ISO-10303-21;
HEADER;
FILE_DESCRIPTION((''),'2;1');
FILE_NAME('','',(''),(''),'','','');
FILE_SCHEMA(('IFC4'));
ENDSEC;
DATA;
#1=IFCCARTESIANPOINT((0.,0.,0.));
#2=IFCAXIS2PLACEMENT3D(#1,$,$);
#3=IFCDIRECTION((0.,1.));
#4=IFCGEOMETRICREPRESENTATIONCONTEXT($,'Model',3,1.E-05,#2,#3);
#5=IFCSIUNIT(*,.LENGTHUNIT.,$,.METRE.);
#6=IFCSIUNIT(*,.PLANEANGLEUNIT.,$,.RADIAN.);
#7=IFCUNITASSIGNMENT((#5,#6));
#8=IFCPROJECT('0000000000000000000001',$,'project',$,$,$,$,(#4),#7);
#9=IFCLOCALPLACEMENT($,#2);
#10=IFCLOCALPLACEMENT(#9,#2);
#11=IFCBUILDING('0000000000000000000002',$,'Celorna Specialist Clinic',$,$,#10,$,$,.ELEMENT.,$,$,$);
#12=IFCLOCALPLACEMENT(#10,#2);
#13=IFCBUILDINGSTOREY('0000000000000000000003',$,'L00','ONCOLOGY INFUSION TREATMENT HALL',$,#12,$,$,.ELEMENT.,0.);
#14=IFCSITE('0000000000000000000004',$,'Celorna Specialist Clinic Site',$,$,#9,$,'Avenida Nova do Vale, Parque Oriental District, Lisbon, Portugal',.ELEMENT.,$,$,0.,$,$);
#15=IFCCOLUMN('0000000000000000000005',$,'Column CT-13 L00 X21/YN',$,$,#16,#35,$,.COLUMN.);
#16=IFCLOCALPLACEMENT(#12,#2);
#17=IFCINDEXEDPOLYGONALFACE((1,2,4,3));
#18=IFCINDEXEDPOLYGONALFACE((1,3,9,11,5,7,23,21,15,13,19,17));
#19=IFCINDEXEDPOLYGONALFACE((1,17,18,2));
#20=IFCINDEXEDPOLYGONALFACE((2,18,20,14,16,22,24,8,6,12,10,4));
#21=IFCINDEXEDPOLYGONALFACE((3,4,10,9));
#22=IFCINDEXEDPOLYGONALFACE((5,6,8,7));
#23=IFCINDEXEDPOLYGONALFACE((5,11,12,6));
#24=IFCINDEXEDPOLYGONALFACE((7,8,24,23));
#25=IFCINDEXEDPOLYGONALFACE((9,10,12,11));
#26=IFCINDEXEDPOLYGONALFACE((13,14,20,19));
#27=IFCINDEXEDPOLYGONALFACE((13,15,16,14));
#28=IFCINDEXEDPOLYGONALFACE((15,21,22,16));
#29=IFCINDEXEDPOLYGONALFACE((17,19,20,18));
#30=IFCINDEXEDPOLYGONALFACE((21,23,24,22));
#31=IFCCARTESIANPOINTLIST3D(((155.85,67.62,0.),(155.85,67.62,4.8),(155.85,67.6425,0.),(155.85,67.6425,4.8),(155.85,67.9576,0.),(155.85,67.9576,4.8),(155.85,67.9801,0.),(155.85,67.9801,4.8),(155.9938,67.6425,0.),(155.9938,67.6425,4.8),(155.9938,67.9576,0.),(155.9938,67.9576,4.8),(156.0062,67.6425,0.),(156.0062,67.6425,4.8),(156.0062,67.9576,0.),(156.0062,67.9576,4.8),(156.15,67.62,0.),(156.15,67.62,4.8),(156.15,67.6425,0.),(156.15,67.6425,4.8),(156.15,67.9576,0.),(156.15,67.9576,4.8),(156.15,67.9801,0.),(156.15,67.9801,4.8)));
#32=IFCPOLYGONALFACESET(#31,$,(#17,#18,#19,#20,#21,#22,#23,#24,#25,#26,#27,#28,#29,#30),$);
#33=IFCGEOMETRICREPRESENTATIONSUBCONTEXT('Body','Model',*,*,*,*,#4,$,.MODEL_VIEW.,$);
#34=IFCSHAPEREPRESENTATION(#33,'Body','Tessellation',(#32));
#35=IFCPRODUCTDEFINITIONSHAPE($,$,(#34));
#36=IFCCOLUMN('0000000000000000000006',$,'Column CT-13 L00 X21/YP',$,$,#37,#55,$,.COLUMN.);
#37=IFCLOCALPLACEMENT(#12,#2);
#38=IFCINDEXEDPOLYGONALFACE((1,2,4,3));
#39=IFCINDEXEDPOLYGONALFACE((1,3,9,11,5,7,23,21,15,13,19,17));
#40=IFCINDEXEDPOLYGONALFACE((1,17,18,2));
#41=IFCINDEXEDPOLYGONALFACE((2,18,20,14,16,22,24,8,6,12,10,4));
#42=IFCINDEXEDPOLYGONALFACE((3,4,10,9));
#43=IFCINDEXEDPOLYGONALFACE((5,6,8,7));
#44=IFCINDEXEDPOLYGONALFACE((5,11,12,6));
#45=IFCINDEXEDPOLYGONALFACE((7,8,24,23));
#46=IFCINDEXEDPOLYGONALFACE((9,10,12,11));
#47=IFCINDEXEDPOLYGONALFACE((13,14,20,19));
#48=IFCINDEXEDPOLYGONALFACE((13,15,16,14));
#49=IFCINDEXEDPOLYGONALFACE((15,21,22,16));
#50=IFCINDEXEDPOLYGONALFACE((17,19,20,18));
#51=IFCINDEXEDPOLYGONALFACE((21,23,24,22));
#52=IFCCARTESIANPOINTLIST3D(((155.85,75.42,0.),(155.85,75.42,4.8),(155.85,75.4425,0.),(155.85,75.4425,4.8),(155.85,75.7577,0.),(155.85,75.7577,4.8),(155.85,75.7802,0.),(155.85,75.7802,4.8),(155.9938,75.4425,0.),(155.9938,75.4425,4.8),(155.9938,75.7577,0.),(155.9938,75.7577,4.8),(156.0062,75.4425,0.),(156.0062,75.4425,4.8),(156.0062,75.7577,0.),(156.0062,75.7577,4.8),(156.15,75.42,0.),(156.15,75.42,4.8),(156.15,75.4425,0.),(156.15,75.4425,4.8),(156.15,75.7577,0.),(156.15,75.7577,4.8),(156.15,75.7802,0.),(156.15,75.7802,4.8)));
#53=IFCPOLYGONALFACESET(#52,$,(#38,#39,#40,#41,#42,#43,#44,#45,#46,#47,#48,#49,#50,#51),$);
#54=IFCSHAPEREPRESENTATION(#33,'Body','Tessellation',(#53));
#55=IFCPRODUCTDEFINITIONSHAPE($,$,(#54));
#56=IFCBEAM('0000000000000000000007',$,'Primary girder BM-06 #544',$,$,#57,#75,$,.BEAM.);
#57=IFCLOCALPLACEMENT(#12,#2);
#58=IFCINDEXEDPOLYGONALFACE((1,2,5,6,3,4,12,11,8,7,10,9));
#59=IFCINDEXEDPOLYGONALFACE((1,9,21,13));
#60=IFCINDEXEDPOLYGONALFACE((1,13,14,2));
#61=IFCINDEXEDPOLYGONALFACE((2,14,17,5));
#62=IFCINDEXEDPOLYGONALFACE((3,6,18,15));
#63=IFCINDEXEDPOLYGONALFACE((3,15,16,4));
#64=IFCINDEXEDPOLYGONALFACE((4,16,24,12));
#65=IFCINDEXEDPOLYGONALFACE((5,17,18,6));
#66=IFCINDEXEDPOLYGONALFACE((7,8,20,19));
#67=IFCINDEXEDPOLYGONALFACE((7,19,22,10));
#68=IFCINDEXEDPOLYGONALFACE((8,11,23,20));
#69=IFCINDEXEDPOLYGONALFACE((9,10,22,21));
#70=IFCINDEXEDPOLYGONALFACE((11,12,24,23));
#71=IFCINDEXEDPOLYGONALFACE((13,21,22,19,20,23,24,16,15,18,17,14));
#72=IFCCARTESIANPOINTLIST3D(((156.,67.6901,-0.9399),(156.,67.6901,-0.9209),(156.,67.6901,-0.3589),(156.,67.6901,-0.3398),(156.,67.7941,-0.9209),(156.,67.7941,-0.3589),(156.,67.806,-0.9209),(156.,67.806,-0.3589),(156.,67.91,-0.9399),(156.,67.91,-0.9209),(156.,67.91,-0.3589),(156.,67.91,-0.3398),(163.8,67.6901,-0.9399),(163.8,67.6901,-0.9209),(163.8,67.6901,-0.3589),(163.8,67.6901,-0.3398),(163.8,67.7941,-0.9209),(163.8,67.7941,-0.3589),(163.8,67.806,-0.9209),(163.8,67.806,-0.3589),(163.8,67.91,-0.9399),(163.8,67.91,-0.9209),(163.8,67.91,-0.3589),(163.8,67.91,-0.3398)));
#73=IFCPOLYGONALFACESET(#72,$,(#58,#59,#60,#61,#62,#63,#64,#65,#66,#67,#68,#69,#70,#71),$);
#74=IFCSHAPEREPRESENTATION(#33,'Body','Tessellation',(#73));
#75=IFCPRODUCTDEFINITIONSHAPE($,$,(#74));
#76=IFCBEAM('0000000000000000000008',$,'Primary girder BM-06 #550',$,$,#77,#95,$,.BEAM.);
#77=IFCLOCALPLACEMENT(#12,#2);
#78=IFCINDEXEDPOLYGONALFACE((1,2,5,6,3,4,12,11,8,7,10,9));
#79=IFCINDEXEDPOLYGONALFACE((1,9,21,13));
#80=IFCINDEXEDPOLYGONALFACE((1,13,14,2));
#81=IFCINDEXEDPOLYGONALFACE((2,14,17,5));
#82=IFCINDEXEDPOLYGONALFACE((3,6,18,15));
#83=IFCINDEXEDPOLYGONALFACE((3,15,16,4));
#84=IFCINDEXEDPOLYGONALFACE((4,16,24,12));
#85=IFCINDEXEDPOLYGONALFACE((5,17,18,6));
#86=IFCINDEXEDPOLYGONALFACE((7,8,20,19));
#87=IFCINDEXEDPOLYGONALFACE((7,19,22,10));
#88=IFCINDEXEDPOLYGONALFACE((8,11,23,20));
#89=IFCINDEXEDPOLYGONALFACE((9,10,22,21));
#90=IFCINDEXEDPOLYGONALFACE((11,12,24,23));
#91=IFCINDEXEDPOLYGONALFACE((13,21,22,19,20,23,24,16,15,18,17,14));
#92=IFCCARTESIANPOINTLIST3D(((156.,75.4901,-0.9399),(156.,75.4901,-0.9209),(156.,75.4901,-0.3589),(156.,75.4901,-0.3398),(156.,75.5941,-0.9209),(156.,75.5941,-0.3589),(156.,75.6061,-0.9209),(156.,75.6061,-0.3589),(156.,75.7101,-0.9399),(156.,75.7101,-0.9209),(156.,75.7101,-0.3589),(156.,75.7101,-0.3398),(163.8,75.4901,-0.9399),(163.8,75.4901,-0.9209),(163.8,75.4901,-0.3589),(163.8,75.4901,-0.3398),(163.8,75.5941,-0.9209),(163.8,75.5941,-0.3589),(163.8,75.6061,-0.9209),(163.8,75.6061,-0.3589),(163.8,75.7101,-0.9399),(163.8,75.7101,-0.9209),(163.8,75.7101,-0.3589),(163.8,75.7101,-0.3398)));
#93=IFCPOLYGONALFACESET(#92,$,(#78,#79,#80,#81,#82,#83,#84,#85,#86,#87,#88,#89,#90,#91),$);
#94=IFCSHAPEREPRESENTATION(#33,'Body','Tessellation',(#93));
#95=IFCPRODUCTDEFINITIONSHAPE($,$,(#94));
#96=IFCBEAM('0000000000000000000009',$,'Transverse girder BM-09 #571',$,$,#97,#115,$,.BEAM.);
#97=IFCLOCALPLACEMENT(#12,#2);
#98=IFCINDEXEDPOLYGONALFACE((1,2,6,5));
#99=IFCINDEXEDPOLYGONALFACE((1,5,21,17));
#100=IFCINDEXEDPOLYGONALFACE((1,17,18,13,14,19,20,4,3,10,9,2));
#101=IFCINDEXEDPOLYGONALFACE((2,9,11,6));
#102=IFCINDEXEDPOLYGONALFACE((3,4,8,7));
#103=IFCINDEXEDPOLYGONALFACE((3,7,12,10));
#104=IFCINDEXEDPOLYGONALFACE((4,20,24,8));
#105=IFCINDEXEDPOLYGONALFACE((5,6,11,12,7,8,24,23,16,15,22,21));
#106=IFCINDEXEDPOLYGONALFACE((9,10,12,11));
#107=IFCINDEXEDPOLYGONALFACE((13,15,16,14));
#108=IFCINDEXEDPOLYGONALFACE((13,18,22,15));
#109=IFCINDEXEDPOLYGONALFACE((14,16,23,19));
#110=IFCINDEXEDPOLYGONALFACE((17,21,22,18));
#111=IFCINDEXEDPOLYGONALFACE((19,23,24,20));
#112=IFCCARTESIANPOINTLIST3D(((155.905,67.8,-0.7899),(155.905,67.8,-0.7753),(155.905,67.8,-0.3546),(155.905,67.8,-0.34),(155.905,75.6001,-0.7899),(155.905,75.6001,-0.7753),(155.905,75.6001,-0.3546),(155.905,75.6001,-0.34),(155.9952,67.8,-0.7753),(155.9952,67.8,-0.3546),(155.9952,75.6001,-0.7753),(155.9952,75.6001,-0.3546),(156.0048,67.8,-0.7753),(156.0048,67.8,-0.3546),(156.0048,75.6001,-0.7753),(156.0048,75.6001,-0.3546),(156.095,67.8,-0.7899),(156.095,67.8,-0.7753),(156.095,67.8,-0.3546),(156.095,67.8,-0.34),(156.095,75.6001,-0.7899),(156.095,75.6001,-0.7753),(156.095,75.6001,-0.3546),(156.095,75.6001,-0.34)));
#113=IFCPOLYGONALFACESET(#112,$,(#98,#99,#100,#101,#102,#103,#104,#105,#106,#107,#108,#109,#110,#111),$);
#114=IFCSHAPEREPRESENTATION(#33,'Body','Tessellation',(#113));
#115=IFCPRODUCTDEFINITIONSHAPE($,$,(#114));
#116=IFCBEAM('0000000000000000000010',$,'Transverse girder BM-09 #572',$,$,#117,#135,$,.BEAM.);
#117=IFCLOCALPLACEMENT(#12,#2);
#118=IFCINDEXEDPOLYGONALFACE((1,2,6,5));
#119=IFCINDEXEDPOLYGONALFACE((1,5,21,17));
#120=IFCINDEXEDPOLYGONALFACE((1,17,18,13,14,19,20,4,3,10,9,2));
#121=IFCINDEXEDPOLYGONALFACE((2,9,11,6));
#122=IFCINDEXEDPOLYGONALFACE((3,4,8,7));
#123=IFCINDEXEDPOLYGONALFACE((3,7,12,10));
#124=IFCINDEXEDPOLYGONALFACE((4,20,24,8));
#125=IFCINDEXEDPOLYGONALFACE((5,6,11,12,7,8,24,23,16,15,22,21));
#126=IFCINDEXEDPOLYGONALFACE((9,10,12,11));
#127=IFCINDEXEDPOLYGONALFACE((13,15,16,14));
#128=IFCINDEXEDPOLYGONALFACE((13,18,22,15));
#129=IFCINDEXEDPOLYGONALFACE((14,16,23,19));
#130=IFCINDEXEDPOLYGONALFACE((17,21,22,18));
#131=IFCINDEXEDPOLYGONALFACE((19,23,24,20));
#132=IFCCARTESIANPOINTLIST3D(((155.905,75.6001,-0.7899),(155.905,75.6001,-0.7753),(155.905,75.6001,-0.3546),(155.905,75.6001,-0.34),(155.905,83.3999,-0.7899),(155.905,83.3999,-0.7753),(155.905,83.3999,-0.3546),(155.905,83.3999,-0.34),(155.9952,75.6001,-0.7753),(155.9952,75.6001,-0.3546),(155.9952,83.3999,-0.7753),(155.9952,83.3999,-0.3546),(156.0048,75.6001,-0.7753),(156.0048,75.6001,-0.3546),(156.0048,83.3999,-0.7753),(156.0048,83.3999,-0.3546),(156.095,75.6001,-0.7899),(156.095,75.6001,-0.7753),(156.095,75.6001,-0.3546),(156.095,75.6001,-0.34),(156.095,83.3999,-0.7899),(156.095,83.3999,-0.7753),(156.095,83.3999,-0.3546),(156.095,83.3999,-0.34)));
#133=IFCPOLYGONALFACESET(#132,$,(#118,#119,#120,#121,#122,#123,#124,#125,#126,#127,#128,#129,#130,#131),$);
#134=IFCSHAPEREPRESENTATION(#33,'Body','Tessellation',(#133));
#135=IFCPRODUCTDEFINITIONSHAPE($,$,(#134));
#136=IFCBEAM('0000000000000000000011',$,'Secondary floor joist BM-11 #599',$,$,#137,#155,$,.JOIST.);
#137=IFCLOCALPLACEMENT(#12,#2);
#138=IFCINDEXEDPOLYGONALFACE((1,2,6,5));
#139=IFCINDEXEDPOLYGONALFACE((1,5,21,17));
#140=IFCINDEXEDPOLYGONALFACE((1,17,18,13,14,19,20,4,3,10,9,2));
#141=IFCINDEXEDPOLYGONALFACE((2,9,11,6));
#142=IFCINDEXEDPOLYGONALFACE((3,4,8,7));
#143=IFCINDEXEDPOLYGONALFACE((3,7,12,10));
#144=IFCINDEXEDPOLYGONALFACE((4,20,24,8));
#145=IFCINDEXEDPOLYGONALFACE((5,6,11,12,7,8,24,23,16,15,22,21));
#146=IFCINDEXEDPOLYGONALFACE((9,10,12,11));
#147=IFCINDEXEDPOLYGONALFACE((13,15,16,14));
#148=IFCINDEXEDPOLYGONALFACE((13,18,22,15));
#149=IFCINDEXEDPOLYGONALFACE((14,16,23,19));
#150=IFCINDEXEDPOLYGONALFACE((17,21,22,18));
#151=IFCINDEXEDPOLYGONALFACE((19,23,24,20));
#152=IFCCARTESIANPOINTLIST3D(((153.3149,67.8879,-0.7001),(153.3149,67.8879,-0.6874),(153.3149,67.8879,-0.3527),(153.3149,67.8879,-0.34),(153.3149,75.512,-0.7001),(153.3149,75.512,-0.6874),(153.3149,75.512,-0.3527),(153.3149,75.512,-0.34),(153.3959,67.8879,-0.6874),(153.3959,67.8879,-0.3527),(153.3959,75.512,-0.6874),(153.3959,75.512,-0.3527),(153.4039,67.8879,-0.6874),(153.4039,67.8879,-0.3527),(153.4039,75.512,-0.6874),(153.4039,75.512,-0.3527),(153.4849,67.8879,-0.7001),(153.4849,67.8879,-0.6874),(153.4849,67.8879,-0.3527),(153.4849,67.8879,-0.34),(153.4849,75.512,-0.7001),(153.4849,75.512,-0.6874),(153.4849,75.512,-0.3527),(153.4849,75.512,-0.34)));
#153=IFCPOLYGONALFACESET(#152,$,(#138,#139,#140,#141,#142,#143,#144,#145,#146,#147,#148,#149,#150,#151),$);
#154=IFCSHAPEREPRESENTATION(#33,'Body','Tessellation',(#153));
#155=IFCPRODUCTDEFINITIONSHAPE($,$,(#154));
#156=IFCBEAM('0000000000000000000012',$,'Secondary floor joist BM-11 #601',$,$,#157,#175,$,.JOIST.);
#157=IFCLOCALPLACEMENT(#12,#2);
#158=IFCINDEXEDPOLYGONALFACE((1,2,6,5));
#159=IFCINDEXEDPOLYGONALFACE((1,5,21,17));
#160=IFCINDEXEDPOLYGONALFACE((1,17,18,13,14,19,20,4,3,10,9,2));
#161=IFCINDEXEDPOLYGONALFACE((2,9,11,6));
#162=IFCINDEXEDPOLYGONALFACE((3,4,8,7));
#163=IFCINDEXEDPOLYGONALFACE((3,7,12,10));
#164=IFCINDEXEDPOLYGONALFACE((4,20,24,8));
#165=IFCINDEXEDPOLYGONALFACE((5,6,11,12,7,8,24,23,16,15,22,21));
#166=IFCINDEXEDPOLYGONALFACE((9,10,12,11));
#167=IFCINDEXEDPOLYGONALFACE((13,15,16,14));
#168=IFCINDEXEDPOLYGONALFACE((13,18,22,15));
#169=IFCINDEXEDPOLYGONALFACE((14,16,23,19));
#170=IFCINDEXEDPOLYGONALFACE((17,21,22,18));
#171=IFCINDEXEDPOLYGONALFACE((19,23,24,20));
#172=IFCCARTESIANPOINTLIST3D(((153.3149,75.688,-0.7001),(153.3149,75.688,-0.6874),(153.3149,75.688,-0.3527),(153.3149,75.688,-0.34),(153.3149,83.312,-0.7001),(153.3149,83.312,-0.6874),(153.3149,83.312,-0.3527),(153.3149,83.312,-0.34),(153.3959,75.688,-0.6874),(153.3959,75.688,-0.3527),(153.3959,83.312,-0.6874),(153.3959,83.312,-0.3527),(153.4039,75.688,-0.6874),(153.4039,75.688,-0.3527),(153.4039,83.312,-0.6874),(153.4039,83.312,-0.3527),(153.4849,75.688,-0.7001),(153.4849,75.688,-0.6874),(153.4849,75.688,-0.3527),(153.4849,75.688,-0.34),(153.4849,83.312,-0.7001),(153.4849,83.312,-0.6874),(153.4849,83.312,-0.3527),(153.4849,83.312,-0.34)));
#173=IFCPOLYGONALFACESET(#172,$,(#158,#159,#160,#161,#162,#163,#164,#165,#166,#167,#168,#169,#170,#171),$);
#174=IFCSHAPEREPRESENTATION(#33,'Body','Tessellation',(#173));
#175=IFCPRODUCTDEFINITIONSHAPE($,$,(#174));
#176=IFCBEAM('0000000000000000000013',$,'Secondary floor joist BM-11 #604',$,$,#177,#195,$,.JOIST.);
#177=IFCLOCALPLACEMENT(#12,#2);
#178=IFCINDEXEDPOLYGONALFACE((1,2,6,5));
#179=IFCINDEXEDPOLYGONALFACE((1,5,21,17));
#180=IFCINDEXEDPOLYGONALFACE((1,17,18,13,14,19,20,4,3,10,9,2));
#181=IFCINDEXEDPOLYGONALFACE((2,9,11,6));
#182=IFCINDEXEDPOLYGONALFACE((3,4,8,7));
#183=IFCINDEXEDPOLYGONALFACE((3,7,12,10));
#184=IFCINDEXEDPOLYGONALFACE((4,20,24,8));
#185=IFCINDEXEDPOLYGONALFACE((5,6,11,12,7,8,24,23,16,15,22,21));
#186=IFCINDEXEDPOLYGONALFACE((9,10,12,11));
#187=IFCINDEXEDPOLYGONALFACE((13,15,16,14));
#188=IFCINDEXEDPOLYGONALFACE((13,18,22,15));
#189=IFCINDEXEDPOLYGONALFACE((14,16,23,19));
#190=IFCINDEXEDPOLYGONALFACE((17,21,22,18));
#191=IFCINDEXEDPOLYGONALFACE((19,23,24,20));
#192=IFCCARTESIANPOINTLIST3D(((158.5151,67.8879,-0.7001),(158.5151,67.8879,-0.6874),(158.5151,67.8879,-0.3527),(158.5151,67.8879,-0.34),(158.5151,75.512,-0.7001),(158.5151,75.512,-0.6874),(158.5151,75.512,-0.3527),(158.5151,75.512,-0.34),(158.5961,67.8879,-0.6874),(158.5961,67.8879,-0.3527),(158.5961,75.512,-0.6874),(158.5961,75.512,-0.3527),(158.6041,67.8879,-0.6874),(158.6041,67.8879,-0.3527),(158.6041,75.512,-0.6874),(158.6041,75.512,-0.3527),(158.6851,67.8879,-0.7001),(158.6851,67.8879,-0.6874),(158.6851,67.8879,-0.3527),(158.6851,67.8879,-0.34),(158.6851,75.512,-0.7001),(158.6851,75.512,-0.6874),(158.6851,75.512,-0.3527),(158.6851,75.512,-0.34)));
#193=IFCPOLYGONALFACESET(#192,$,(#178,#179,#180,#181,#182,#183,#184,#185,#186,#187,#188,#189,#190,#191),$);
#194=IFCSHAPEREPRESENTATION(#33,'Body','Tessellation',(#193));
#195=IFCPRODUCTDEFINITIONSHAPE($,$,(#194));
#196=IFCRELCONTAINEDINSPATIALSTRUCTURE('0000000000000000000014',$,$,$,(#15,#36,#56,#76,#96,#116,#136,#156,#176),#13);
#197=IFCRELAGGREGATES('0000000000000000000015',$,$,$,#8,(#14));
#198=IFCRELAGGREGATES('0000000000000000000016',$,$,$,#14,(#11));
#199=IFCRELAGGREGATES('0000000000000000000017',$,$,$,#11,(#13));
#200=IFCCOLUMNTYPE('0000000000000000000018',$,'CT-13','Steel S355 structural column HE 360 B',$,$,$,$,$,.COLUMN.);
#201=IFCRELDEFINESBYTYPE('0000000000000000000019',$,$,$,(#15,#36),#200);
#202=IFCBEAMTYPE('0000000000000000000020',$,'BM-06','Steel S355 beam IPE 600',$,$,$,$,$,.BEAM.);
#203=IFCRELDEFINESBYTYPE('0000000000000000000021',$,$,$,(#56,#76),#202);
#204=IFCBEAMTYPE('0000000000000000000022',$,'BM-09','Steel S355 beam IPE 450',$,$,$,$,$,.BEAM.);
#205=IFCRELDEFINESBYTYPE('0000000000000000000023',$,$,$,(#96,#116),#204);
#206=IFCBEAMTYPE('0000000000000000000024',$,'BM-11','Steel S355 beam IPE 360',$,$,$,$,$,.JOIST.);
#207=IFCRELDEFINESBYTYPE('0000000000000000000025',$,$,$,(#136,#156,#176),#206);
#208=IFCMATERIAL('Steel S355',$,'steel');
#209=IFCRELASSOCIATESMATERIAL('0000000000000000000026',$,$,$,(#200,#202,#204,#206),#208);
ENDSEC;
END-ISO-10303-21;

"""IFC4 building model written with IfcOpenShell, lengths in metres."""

from ifc_helpers import new_model, si_unit, direction, frame, origin, origin_2d, place, context, subcontext, project, spatial, i_section, extrude, material, material_profile, profile_set, type_object, element, save


model = new_model("IFC4")

# Units and contexts
model_context = context("Model", 3, precision=1e-05, world=origin(), true_north=direction((0.0, 1.0)))
body_context = subcontext(model_context, "Body", "Model", "MODEL_VIEW")
ifc_project = project(units=[si_unit("LENGTHUNIT", "METRE"), si_unit("PLANEANGLEUNIT", "RADIAN")], contexts=[model_context])

# Site, building, storey
site_placement = place(None, origin())
site = spatial("IfcSite", under=ifc_project, at=site_placement, Name="Celorna Specialist Clinic Site", LongName="Avenida Nova do Vale, Parque Oriental District, Lisbon, Portugal", CompositionType="ELEMENT", RefElevation=0.0)
building_placement = place(site_placement, origin())
building = spatial("IfcBuilding", under=site, at=building_placement, Name="Celorna Specialist Clinic", CompositionType="ELEMENT")
storey_placement = place(building_placement, origin())
storey = spatial("IfcBuildingStorey", under=building, at=storey_placement, Name="L00", Description="ONCOLOGY INFUSION TREATMENT HALL", CompositionType="ELEMENT", Elevation=0.0)

# Columns
ifc_material_1 = material(Name="Steel S355", Category="steel")
ifc_material_profile_1 = material_profile(ifc_material_1, i_section(OverallWidth=0.3, OverallDepth=0.3601, WebThickness=0.0125, FlangeThickness=0.0225, at=origin_2d()), Name="HE 360 B")
ifc_profile_set_1 = profile_set([ifc_material_profile_1], Name="Steel S355")
column_type = type_object("IfcColumnType", Name="CT-13", Description="Steel S355 structural column HE 360 B", PredefinedType="COLUMN", material=ifc_profile_set_1)
for number, where, z_axis, x_axis, name in (
    (1, (156.0, 67.8, 0.0), (0.0, 0.0, 1.0), (1.0, 0.0, 0.0), "Column CT-13 L00 X21/YN"),
    (2, (156.0, 75.6001, 0.0), (0.0, 0.0, 1.0), (1.0, 0.0, 0.0), "Column CT-13 L00 X21/YP"),
):
    element("IfcColumn", number, at=place(storey_placement, frame(where, z_axis=z_axis, x_axis=x_axis)), inside=storey, type_object=column_type, Name=name, PredefinedType="COLUMN", context=body_context, shape_type="SweptSolid", body=[
        extrude(i_section(OverallWidth=0.3, OverallDepth=0.3601, WebThickness=0.0125, FlangeThickness=0.0225, at=origin_2d()), origin(), (0.0, 0.0, 1.0), 4.8),
    ])

# Beams
ifc_material_profile_2 = material_profile(ifc_material_1, i_section(OverallWidth=0.22, OverallDepth=0.6001, WebThickness=0.012, FlangeThickness=0.019, at=origin_2d()), Name="IPE 600")
ifc_profile_set_2 = profile_set([ifc_material_profile_2], Name="Steel S355")
beam_type_1 = type_object("IfcBeamType", Name="BM-06", Description="Steel S355 beam IPE 600", PredefinedType="BEAM", material=ifc_profile_set_2)
for number, where, z_axis, x_axis, name in (
    (3, (156.0, 67.8, -0.6399), (1.0, 0.0, 0.0), (0.0, 1.0, 0.0), "Primary girder BM-06 #544"),
    (4, (156.0, 75.6001, -0.6399), (1.0, 0.0, 0.0), (0.0, 1.0, 0.0), "Primary girder BM-06 #550"),
):
    element("IfcBeam", number, at=place(storey_placement, frame(where, z_axis=z_axis, x_axis=x_axis)), inside=storey, type_object=beam_type_1, Name=name, PredefinedType="BEAM", context=body_context, shape_type="SweptSolid", body=[
        extrude(i_section(OverallWidth=0.22, OverallDepth=0.6001, WebThickness=0.012, FlangeThickness=0.019, at=origin_2d()), origin(), (0.0, 0.0, 1.0), 7.8),
    ])
ifc_material_profile_3 = material_profile(ifc_material_1, i_section(OverallWidth=0.1899, OverallDepth=0.45, WebThickness=0.0095, FlangeThickness=0.0146, at=origin_2d()), Name="IPE 450")
ifc_profile_set_3 = profile_set([ifc_material_profile_3], Name="Steel S355")
beam_type_2 = type_object("IfcBeamType", Name="BM-09", Description="Steel S355 beam IPE 450", PredefinedType="BEAM", material=ifc_profile_set_3)
beam_1_placement = place(storey_placement, frame((156.0, 67.8, -0.5649), z_axis=(0.0, 1.0, 0.0), x_axis=(-1.0, 0.0, 0.0)))
element("IfcBeam", 5, at=beam_1_placement, inside=storey, type_object=beam_type_2, Name="Transverse girder BM-09 #571", PredefinedType="BEAM", context=body_context, shape_type="SweptSolid", body=[
    extrude(i_section(OverallWidth=0.1899, OverallDepth=0.45, WebThickness=0.0095, FlangeThickness=0.0146, at=origin_2d()), origin(), (0.0, 0.0, 1.0), 7.8),
])
beam_2_placement = place(storey_placement, frame((156.0, 75.6001, -0.5649), z_axis=(0.0, 1.0, 0.0), x_axis=(-1.0, 0.0, 0.0)))
element("IfcBeam", 6, at=beam_2_placement, inside=storey, type_object=beam_type_2, Name="Transverse girder BM-09 #572", PredefinedType="BEAM", context=body_context, shape_type="SweptSolid", body=[
    extrude(i_section(OverallWidth=0.1899, OverallDepth=0.45, WebThickness=0.0095, FlangeThickness=0.0146, at=origin_2d()), origin(), (0.0, 0.0, 1.0), 7.7998),
])
ifc_material_profile_4 = material_profile(ifc_material_1, i_section(OverallWidth=0.1699, OverallDepth=0.3601, WebThickness=0.0081, FlangeThickness=0.0127, at=origin_2d()), Name="IPE 360")
ifc_profile_set_4 = profile_set([ifc_material_profile_4], Name="Steel S355")
beam_type_3 = type_object("IfcBeamType", Name="BM-11", Description="Steel S355 beam IPE 360", PredefinedType="JOIST", material=ifc_profile_set_4)
for number, where, z_axis, x_axis, name in (
    (7, (153.3999, 67.8879, -0.52), (0.0, 1.0, 0.0), (-1.0, 0.0, 0.0), "Secondary floor joist BM-11 #599"),
    (8, (153.3999, 75.688, -0.52), (0.0, 1.0, 0.0), (-1.0, 0.0, 0.0), "Secondary floor joist BM-11 #601"),
    (9, (158.6001, 67.8879, -0.52), (0.0, 1.0, 0.0), (-1.0, 0.0, 0.0), "Secondary floor joist BM-11 #604"),
):
    element("IfcBeam", number, at=place(storey_placement, frame(where, z_axis=z_axis, x_axis=x_axis)), inside=storey, type_object=beam_type_3, Name=name, PredefinedType="JOIST", context=body_context, shape_type="SweptSolid", body=[
        extrude(i_section(OverallWidth=0.1699, OverallDepth=0.3601, WebThickness=0.0081, FlangeThickness=0.0127, at=origin_2d()), origin(), (0.0, 0.0, 1.0), 7.624),
    ])

save(model, "model.ifc")
